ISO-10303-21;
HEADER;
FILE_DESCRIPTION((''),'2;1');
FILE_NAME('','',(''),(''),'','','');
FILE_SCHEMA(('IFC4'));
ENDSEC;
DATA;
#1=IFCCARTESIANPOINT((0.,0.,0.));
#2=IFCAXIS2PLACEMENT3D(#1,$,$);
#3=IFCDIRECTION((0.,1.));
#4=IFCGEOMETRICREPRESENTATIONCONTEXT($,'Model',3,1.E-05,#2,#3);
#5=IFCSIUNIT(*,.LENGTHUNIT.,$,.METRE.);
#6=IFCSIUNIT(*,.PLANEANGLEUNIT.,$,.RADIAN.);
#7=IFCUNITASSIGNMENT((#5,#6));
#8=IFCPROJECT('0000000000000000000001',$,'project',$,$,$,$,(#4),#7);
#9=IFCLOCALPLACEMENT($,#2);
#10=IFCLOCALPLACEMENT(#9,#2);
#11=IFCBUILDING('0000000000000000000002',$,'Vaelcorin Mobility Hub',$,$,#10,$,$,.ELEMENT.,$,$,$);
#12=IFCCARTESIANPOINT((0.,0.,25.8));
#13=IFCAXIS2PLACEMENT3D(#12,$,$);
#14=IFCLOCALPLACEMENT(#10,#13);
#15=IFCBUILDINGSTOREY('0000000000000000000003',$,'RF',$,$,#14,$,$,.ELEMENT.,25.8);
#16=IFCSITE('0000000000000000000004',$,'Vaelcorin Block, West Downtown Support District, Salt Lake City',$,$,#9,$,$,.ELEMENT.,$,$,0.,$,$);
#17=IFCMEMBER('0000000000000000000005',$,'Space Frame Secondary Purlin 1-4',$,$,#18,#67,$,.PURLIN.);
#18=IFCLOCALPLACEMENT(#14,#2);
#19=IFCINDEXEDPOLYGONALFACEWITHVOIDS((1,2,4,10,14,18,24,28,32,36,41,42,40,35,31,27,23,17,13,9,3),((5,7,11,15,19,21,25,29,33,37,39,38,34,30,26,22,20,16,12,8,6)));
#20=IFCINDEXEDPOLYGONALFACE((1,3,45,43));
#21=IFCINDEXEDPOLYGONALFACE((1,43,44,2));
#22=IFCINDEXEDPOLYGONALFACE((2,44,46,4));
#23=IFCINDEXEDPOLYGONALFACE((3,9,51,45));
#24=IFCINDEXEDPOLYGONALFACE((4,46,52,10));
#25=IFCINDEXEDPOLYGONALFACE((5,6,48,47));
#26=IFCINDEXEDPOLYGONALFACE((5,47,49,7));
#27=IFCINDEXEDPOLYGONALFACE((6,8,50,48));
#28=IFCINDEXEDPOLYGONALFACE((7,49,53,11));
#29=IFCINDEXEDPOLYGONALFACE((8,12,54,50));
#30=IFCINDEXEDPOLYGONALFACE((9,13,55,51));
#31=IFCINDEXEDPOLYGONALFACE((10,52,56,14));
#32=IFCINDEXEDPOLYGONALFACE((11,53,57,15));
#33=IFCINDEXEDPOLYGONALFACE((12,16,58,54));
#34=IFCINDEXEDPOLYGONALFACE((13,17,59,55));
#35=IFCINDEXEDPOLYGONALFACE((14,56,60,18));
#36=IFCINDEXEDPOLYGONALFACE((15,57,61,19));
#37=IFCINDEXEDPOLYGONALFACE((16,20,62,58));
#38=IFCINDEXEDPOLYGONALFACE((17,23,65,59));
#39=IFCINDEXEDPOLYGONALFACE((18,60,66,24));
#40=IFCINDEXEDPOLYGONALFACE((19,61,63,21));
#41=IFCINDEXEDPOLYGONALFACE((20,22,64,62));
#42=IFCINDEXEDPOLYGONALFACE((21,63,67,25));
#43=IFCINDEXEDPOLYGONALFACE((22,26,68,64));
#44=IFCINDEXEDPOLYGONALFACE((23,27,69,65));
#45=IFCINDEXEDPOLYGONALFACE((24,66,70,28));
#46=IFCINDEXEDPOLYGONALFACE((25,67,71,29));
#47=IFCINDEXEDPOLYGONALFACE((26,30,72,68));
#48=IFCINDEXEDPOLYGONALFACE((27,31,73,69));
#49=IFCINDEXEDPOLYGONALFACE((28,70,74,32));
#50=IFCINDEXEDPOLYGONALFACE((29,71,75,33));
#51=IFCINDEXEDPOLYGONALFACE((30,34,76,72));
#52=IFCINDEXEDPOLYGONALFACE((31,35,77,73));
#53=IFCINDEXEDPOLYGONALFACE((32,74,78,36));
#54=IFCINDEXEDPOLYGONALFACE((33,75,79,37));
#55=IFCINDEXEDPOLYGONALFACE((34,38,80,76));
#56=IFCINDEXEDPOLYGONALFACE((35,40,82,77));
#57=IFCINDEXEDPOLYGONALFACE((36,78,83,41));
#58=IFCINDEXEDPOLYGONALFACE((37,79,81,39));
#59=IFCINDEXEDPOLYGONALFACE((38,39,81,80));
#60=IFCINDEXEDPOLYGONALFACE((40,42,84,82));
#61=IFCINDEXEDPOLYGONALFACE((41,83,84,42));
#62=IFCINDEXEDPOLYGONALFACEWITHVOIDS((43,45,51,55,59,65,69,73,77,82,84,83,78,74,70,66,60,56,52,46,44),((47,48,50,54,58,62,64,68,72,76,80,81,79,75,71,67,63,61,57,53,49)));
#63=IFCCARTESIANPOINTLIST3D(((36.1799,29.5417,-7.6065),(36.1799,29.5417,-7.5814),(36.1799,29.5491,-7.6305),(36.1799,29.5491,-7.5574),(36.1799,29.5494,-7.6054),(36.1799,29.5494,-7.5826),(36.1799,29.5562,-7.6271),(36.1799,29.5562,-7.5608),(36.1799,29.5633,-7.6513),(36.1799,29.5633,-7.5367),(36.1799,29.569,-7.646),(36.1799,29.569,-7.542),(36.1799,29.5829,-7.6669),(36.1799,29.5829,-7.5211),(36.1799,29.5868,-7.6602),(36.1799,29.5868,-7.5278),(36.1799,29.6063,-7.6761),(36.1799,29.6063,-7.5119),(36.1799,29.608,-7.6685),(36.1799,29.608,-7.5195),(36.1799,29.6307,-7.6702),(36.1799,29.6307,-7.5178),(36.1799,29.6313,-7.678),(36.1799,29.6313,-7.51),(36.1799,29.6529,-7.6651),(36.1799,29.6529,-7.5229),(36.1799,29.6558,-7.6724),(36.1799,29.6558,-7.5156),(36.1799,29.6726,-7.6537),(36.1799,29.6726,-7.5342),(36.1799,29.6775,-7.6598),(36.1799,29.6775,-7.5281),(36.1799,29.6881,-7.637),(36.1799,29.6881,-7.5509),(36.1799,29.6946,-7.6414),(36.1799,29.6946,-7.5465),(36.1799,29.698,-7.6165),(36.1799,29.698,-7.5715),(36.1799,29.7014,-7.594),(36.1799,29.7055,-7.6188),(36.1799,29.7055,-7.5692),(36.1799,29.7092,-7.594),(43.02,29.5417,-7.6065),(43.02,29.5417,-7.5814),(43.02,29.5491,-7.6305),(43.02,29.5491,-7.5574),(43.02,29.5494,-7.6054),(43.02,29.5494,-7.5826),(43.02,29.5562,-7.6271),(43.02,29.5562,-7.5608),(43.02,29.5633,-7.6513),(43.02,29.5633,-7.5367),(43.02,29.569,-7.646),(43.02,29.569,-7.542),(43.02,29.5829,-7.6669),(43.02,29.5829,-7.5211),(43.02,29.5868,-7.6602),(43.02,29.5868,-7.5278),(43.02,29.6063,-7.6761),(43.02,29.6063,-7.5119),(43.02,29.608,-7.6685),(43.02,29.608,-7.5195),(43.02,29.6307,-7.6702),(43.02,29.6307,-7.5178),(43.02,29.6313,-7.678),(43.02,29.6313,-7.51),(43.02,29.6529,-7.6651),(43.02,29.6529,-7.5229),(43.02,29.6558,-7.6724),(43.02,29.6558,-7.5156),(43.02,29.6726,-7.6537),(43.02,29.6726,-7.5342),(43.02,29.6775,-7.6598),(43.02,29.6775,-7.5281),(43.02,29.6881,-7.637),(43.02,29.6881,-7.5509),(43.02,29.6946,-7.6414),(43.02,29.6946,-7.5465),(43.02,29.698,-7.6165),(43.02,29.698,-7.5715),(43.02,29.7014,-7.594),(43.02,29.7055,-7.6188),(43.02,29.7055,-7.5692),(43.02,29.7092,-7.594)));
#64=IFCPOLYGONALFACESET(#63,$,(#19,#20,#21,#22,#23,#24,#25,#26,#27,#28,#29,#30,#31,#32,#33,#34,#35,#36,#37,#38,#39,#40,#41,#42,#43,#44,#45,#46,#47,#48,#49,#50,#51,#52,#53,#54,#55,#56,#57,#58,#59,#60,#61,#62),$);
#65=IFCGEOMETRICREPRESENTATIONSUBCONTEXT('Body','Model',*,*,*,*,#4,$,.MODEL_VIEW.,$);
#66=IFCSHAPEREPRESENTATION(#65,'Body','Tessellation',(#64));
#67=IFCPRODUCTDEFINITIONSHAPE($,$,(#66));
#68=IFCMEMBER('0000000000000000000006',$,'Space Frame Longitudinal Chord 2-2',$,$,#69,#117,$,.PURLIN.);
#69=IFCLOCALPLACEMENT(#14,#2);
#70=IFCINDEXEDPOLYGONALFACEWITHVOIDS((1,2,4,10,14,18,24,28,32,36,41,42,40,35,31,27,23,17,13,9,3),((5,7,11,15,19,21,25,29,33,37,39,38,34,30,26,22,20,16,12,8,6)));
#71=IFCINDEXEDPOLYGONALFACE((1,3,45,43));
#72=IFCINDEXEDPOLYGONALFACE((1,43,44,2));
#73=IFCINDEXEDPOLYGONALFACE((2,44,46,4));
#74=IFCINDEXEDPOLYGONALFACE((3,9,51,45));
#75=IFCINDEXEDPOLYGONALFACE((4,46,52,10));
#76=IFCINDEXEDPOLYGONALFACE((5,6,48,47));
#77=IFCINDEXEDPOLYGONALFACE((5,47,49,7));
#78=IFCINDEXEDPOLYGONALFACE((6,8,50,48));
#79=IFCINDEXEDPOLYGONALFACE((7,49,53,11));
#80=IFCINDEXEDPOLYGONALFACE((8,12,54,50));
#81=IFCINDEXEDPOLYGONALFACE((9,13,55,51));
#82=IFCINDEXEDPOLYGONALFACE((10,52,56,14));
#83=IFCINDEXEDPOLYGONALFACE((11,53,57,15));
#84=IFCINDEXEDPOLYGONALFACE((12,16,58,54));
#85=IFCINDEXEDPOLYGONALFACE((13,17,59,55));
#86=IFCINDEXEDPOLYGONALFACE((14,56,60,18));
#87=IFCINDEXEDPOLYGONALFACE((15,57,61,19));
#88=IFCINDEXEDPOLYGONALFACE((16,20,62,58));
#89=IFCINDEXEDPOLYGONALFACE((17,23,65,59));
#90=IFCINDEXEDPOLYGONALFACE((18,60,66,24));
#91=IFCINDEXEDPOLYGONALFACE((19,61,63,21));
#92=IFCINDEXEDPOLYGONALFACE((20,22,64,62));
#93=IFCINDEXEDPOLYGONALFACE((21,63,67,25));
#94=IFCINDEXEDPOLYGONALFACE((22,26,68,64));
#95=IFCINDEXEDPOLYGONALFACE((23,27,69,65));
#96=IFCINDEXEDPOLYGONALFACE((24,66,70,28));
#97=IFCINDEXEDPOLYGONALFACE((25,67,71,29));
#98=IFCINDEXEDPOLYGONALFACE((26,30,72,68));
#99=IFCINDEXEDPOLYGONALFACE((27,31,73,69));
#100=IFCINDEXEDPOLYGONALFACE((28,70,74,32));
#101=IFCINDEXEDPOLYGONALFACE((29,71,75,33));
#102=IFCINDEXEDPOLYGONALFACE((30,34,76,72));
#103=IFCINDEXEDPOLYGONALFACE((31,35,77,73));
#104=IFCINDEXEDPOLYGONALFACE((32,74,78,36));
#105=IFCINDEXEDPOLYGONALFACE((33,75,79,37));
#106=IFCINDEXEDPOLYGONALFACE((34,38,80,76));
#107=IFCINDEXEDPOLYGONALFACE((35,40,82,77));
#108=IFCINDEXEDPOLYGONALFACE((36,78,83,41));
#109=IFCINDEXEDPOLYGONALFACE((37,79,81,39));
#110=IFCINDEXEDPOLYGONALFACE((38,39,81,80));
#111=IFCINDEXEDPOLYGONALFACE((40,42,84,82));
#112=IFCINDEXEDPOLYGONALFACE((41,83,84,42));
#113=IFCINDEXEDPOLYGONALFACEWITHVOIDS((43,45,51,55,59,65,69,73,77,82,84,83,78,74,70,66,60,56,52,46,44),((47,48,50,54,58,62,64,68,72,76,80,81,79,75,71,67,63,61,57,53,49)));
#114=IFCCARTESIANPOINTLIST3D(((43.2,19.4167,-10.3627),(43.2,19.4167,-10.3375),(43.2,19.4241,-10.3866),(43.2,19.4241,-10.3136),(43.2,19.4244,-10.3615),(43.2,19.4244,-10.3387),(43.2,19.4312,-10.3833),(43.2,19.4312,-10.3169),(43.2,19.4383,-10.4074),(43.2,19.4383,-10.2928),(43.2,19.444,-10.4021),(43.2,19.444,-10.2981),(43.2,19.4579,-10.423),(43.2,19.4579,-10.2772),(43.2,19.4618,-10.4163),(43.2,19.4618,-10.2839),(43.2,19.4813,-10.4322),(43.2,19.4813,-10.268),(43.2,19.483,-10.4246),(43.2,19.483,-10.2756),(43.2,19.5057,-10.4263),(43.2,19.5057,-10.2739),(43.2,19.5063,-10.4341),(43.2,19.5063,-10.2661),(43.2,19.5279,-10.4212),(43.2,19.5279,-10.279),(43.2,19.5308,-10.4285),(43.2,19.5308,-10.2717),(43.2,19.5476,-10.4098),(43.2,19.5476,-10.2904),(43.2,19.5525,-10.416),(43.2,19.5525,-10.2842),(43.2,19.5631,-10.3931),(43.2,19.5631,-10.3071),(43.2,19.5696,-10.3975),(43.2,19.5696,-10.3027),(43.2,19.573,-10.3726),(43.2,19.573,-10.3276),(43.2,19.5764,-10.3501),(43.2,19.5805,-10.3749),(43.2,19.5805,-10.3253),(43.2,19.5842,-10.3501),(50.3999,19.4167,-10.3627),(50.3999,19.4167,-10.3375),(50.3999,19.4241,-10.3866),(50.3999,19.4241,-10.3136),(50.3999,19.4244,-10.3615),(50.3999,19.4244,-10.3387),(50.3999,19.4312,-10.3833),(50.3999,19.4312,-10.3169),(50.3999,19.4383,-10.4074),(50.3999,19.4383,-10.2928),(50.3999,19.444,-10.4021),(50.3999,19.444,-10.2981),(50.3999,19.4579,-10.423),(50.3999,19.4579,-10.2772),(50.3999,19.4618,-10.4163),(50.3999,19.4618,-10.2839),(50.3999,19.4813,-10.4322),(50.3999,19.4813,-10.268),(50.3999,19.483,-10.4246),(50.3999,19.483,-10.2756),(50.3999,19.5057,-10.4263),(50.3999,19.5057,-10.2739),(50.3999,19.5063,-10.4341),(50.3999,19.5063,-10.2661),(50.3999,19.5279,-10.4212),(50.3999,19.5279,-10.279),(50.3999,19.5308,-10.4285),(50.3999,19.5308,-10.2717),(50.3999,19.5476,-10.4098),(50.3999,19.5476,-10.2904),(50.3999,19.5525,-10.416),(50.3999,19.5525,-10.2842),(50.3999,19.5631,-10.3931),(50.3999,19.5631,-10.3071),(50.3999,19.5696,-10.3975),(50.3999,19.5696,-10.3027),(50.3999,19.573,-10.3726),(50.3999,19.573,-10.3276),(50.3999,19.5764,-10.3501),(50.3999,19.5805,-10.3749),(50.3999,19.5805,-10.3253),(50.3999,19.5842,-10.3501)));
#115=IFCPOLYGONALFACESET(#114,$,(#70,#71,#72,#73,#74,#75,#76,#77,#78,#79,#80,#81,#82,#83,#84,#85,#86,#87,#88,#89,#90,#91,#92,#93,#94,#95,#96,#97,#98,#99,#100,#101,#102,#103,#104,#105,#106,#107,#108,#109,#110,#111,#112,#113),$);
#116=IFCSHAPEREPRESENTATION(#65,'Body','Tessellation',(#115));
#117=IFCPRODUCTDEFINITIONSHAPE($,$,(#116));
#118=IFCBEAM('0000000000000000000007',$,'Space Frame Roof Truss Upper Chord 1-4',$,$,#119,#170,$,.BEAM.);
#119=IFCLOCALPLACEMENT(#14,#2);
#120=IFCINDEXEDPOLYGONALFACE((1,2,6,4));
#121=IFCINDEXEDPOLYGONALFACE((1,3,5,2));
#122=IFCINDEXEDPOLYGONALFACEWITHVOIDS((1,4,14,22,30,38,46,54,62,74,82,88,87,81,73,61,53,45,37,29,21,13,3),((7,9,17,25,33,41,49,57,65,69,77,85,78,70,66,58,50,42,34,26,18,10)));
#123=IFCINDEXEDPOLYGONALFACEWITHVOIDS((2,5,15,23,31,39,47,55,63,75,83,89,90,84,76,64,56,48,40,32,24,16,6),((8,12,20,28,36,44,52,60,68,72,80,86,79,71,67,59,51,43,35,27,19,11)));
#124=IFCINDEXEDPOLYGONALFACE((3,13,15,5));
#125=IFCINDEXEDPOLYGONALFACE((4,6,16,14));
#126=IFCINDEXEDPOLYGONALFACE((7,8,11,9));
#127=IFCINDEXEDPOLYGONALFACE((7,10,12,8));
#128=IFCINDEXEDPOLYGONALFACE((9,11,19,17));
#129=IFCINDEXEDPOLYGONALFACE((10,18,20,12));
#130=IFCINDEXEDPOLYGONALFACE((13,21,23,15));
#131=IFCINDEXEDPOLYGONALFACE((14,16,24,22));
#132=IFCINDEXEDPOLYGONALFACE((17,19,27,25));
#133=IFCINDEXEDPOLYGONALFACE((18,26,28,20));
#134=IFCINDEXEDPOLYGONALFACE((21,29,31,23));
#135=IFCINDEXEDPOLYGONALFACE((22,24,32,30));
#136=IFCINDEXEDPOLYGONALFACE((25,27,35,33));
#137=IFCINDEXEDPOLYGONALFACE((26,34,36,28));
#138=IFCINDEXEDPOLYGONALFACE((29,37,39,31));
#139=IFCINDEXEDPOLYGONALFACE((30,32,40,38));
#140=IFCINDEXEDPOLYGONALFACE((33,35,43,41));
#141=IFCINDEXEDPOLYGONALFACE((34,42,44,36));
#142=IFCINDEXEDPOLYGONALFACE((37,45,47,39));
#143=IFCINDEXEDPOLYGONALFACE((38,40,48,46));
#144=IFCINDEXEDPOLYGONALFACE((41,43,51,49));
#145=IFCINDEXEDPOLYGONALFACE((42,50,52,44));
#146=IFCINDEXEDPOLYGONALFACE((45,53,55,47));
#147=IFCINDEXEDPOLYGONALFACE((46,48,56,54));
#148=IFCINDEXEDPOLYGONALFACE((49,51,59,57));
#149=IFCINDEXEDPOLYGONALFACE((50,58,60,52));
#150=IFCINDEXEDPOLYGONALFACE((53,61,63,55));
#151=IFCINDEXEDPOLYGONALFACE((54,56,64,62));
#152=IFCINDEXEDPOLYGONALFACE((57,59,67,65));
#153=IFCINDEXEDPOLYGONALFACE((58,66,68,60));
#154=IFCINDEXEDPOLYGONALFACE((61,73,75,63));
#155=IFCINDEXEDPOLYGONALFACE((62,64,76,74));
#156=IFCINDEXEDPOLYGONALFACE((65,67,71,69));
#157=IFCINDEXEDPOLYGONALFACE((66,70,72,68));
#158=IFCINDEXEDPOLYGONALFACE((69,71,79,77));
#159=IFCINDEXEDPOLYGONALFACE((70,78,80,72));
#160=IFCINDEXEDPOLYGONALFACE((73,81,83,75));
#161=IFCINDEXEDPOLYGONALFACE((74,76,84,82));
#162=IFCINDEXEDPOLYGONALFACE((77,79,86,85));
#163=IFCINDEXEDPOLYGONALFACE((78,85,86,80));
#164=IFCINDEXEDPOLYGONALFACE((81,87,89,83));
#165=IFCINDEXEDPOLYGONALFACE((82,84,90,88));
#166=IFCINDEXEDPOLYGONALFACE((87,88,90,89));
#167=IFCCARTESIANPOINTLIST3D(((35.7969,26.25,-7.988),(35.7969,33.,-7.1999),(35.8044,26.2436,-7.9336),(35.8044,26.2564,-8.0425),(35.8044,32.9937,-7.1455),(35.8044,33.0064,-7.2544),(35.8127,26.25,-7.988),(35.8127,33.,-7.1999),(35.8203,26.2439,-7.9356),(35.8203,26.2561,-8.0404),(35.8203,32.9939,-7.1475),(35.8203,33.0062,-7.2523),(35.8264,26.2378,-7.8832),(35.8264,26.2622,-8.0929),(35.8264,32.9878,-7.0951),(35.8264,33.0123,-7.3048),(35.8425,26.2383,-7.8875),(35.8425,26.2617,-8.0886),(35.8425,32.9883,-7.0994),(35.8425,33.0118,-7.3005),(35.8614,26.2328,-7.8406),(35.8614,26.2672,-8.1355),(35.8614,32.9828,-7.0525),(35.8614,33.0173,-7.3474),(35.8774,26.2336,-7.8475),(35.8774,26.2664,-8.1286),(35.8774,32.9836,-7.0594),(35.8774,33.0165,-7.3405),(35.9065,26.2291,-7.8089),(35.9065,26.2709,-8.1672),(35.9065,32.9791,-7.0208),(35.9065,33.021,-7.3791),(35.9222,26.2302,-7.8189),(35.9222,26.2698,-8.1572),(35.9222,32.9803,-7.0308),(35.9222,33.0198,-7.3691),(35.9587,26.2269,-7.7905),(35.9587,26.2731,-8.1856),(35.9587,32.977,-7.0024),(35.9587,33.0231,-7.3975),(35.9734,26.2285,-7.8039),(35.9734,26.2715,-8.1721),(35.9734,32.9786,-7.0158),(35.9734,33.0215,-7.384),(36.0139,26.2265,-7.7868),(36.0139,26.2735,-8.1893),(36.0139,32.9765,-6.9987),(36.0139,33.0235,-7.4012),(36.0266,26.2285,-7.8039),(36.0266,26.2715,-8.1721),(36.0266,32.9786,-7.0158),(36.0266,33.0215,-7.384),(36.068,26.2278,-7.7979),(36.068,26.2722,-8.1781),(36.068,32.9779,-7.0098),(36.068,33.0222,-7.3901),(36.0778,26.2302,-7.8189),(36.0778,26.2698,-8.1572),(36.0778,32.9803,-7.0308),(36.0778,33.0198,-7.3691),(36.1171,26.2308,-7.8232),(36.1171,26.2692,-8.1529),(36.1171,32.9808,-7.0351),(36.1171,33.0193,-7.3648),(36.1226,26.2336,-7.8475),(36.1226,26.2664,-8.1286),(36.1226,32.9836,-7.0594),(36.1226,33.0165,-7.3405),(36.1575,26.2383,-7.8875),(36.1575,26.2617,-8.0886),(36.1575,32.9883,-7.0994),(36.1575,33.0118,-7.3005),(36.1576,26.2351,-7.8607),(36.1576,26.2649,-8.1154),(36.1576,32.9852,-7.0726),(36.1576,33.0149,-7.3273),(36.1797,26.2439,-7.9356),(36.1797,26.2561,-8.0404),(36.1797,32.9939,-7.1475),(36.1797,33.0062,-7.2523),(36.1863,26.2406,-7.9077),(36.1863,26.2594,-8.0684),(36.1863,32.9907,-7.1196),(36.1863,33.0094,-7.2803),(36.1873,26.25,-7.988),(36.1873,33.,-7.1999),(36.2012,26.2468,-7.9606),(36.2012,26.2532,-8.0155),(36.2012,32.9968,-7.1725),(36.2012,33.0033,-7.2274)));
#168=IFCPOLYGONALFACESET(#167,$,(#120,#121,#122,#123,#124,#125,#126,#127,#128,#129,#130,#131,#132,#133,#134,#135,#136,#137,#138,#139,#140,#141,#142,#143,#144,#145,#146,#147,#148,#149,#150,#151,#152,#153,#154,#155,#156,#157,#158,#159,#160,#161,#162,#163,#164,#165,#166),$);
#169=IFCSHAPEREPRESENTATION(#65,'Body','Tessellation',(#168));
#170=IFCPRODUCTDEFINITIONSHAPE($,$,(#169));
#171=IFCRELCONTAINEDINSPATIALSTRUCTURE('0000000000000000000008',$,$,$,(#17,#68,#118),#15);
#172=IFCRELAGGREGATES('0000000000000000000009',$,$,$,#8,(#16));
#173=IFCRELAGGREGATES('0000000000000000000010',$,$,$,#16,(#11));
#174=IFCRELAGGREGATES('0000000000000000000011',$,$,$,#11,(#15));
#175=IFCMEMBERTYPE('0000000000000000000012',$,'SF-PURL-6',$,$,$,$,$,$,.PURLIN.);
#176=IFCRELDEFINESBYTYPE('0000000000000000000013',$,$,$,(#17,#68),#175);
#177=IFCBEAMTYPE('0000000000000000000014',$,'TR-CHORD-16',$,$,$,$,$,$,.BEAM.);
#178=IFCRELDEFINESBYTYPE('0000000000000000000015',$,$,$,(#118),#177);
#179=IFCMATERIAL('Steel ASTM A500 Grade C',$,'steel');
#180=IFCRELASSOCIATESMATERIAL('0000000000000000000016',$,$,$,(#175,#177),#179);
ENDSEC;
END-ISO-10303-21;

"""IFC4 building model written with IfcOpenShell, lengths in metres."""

from ifc_helpers import new_model, si_unit, direction, frame, origin, origin_2d, place, context, subcontext, project, spatial, hollow_circle, extrude, material, material_profile, profile_set, type_object, element, save


model = new_model("IFC4")

# Units and contexts
model_context = context("Model", 3, precision=1e-05, world=origin(), true_north=direction((0.0, 1.0)))
body_context = subcontext(model_context, "Body", "Model", "MODEL_VIEW")
ifc_project = project(units=[si_unit("LENGTHUNIT", "METRE"), si_unit("PLANEANGLEUNIT", "RADIAN")], contexts=[model_context])

# Site, building, storey
site_placement = place(None, origin())
site = spatial("IfcSite", under=ifc_project, at=site_placement, Name="Vaelcorin Block, West Downtown Support District, Salt Lake City", CompositionType="ELEMENT", RefElevation=0.0)
building_placement = place(site_placement, origin())
building = spatial("IfcBuilding", under=site, at=building_placement, Name="Vaelcorin Mobility Hub", CompositionType="ELEMENT")
storey_placement = place(building_placement, frame((0.0, 0.0, 25.8)))
storey = spatial("IfcBuildingStorey", under=building, at=storey_placement, Name="RF", CompositionType="ELEMENT", Elevation=25.8)

# Members
ifc_material_1 = material(Name="Steel ASTM A500 Grade C", Category="steel")
ifc_material_profile_1 = material_profile(ifc_material_1, hollow_circle(Radius=0.0842, WallThickness=0.0078, at=origin_2d()), Name="HSS6.625X0.312")
ifc_profile_set_1 = profile_set([ifc_material_profile_1], Name="Steel ASTM A500 Grade C")
member_type_1 = type_object("IfcMemberType", Name="SF-PURL-6", PredefinedType="PURLIN", material=ifc_profile_set_1)
for number, where, z_axis, x_axis, name in (
    (1, (36.1799, 29.625, -7.594), (1.0, 0.0, 0.0), (0.0, 1.0, 0.0), "Space Frame Secondary Purlin 1-4"),
):
    element("IfcMember", number, at=place(storey_placement, frame(where, z_axis=z_axis, x_axis=x_axis)), inside=storey, type_object=member_type_1, Name=name, PredefinedType="PURLIN", context=body_context, shape_type="SweptSolid", body=[
        extrude(hollow_circle(Radius=0.0842, WallThickness=0.0078, at=origin_2d()), origin(), (0.0, 0.0, 1.0), 6.8401),
    ])
member_1_placement = place(storey_placement, frame((43.2, 19.5, -10.3501), z_axis=(1.0, 0.0, 0.0), x_axis=(0.0, 1.0, 0.0)))
element("IfcMember", 2, at=member_1_placement, inside=storey, type_object=member_type_1, Name="Space Frame Longitudinal Chord 2-2", PredefinedType="PURLIN", context=body_context, shape_type="SweptSolid", body=[
    extrude(hollow_circle(Radius=0.0842, WallThickness=0.0078, at=origin_2d()), origin(), (0.0, 0.0, 1.0), 7.2),
])

# Beam
ifc_material_profile_2 = material_profile(ifc_material_1, hollow_circle(Radius=0.2031, WallThickness=0.0159, at=origin_2d()), Name="HSS16.000X0.625")
ifc_profile_set_2 = profile_set([ifc_material_profile_2], Name="Steel ASTM A500 Grade C")
beam_type = type_object("IfcBeamType", Name="TR-CHORD-16", PredefinedType="BEAM", material=ifc_profile_set_2)
beam_1_placement = place(storey_placement, frame((36.0, 26.25, -7.988), z_axis=(0.0, 0.993253, 0.115966), x_axis=(-1.0, 0.0, 0.0)))
element("IfcBeam", 3, at=beam_1_placement, inside=storey, type_object=beam_type, Name="Space Frame Roof Truss Upper Chord 1-4", PredefinedType="BEAM", context=body_context, shape_type="SweptSolid", body=[
    extrude(hollow_circle(Radius=0.2031, WallThickness=0.0159, at=origin_2d()), origin(), (0.0, 0.0, 1.0), 6.7959),
])

save(model, "model.ifc")
